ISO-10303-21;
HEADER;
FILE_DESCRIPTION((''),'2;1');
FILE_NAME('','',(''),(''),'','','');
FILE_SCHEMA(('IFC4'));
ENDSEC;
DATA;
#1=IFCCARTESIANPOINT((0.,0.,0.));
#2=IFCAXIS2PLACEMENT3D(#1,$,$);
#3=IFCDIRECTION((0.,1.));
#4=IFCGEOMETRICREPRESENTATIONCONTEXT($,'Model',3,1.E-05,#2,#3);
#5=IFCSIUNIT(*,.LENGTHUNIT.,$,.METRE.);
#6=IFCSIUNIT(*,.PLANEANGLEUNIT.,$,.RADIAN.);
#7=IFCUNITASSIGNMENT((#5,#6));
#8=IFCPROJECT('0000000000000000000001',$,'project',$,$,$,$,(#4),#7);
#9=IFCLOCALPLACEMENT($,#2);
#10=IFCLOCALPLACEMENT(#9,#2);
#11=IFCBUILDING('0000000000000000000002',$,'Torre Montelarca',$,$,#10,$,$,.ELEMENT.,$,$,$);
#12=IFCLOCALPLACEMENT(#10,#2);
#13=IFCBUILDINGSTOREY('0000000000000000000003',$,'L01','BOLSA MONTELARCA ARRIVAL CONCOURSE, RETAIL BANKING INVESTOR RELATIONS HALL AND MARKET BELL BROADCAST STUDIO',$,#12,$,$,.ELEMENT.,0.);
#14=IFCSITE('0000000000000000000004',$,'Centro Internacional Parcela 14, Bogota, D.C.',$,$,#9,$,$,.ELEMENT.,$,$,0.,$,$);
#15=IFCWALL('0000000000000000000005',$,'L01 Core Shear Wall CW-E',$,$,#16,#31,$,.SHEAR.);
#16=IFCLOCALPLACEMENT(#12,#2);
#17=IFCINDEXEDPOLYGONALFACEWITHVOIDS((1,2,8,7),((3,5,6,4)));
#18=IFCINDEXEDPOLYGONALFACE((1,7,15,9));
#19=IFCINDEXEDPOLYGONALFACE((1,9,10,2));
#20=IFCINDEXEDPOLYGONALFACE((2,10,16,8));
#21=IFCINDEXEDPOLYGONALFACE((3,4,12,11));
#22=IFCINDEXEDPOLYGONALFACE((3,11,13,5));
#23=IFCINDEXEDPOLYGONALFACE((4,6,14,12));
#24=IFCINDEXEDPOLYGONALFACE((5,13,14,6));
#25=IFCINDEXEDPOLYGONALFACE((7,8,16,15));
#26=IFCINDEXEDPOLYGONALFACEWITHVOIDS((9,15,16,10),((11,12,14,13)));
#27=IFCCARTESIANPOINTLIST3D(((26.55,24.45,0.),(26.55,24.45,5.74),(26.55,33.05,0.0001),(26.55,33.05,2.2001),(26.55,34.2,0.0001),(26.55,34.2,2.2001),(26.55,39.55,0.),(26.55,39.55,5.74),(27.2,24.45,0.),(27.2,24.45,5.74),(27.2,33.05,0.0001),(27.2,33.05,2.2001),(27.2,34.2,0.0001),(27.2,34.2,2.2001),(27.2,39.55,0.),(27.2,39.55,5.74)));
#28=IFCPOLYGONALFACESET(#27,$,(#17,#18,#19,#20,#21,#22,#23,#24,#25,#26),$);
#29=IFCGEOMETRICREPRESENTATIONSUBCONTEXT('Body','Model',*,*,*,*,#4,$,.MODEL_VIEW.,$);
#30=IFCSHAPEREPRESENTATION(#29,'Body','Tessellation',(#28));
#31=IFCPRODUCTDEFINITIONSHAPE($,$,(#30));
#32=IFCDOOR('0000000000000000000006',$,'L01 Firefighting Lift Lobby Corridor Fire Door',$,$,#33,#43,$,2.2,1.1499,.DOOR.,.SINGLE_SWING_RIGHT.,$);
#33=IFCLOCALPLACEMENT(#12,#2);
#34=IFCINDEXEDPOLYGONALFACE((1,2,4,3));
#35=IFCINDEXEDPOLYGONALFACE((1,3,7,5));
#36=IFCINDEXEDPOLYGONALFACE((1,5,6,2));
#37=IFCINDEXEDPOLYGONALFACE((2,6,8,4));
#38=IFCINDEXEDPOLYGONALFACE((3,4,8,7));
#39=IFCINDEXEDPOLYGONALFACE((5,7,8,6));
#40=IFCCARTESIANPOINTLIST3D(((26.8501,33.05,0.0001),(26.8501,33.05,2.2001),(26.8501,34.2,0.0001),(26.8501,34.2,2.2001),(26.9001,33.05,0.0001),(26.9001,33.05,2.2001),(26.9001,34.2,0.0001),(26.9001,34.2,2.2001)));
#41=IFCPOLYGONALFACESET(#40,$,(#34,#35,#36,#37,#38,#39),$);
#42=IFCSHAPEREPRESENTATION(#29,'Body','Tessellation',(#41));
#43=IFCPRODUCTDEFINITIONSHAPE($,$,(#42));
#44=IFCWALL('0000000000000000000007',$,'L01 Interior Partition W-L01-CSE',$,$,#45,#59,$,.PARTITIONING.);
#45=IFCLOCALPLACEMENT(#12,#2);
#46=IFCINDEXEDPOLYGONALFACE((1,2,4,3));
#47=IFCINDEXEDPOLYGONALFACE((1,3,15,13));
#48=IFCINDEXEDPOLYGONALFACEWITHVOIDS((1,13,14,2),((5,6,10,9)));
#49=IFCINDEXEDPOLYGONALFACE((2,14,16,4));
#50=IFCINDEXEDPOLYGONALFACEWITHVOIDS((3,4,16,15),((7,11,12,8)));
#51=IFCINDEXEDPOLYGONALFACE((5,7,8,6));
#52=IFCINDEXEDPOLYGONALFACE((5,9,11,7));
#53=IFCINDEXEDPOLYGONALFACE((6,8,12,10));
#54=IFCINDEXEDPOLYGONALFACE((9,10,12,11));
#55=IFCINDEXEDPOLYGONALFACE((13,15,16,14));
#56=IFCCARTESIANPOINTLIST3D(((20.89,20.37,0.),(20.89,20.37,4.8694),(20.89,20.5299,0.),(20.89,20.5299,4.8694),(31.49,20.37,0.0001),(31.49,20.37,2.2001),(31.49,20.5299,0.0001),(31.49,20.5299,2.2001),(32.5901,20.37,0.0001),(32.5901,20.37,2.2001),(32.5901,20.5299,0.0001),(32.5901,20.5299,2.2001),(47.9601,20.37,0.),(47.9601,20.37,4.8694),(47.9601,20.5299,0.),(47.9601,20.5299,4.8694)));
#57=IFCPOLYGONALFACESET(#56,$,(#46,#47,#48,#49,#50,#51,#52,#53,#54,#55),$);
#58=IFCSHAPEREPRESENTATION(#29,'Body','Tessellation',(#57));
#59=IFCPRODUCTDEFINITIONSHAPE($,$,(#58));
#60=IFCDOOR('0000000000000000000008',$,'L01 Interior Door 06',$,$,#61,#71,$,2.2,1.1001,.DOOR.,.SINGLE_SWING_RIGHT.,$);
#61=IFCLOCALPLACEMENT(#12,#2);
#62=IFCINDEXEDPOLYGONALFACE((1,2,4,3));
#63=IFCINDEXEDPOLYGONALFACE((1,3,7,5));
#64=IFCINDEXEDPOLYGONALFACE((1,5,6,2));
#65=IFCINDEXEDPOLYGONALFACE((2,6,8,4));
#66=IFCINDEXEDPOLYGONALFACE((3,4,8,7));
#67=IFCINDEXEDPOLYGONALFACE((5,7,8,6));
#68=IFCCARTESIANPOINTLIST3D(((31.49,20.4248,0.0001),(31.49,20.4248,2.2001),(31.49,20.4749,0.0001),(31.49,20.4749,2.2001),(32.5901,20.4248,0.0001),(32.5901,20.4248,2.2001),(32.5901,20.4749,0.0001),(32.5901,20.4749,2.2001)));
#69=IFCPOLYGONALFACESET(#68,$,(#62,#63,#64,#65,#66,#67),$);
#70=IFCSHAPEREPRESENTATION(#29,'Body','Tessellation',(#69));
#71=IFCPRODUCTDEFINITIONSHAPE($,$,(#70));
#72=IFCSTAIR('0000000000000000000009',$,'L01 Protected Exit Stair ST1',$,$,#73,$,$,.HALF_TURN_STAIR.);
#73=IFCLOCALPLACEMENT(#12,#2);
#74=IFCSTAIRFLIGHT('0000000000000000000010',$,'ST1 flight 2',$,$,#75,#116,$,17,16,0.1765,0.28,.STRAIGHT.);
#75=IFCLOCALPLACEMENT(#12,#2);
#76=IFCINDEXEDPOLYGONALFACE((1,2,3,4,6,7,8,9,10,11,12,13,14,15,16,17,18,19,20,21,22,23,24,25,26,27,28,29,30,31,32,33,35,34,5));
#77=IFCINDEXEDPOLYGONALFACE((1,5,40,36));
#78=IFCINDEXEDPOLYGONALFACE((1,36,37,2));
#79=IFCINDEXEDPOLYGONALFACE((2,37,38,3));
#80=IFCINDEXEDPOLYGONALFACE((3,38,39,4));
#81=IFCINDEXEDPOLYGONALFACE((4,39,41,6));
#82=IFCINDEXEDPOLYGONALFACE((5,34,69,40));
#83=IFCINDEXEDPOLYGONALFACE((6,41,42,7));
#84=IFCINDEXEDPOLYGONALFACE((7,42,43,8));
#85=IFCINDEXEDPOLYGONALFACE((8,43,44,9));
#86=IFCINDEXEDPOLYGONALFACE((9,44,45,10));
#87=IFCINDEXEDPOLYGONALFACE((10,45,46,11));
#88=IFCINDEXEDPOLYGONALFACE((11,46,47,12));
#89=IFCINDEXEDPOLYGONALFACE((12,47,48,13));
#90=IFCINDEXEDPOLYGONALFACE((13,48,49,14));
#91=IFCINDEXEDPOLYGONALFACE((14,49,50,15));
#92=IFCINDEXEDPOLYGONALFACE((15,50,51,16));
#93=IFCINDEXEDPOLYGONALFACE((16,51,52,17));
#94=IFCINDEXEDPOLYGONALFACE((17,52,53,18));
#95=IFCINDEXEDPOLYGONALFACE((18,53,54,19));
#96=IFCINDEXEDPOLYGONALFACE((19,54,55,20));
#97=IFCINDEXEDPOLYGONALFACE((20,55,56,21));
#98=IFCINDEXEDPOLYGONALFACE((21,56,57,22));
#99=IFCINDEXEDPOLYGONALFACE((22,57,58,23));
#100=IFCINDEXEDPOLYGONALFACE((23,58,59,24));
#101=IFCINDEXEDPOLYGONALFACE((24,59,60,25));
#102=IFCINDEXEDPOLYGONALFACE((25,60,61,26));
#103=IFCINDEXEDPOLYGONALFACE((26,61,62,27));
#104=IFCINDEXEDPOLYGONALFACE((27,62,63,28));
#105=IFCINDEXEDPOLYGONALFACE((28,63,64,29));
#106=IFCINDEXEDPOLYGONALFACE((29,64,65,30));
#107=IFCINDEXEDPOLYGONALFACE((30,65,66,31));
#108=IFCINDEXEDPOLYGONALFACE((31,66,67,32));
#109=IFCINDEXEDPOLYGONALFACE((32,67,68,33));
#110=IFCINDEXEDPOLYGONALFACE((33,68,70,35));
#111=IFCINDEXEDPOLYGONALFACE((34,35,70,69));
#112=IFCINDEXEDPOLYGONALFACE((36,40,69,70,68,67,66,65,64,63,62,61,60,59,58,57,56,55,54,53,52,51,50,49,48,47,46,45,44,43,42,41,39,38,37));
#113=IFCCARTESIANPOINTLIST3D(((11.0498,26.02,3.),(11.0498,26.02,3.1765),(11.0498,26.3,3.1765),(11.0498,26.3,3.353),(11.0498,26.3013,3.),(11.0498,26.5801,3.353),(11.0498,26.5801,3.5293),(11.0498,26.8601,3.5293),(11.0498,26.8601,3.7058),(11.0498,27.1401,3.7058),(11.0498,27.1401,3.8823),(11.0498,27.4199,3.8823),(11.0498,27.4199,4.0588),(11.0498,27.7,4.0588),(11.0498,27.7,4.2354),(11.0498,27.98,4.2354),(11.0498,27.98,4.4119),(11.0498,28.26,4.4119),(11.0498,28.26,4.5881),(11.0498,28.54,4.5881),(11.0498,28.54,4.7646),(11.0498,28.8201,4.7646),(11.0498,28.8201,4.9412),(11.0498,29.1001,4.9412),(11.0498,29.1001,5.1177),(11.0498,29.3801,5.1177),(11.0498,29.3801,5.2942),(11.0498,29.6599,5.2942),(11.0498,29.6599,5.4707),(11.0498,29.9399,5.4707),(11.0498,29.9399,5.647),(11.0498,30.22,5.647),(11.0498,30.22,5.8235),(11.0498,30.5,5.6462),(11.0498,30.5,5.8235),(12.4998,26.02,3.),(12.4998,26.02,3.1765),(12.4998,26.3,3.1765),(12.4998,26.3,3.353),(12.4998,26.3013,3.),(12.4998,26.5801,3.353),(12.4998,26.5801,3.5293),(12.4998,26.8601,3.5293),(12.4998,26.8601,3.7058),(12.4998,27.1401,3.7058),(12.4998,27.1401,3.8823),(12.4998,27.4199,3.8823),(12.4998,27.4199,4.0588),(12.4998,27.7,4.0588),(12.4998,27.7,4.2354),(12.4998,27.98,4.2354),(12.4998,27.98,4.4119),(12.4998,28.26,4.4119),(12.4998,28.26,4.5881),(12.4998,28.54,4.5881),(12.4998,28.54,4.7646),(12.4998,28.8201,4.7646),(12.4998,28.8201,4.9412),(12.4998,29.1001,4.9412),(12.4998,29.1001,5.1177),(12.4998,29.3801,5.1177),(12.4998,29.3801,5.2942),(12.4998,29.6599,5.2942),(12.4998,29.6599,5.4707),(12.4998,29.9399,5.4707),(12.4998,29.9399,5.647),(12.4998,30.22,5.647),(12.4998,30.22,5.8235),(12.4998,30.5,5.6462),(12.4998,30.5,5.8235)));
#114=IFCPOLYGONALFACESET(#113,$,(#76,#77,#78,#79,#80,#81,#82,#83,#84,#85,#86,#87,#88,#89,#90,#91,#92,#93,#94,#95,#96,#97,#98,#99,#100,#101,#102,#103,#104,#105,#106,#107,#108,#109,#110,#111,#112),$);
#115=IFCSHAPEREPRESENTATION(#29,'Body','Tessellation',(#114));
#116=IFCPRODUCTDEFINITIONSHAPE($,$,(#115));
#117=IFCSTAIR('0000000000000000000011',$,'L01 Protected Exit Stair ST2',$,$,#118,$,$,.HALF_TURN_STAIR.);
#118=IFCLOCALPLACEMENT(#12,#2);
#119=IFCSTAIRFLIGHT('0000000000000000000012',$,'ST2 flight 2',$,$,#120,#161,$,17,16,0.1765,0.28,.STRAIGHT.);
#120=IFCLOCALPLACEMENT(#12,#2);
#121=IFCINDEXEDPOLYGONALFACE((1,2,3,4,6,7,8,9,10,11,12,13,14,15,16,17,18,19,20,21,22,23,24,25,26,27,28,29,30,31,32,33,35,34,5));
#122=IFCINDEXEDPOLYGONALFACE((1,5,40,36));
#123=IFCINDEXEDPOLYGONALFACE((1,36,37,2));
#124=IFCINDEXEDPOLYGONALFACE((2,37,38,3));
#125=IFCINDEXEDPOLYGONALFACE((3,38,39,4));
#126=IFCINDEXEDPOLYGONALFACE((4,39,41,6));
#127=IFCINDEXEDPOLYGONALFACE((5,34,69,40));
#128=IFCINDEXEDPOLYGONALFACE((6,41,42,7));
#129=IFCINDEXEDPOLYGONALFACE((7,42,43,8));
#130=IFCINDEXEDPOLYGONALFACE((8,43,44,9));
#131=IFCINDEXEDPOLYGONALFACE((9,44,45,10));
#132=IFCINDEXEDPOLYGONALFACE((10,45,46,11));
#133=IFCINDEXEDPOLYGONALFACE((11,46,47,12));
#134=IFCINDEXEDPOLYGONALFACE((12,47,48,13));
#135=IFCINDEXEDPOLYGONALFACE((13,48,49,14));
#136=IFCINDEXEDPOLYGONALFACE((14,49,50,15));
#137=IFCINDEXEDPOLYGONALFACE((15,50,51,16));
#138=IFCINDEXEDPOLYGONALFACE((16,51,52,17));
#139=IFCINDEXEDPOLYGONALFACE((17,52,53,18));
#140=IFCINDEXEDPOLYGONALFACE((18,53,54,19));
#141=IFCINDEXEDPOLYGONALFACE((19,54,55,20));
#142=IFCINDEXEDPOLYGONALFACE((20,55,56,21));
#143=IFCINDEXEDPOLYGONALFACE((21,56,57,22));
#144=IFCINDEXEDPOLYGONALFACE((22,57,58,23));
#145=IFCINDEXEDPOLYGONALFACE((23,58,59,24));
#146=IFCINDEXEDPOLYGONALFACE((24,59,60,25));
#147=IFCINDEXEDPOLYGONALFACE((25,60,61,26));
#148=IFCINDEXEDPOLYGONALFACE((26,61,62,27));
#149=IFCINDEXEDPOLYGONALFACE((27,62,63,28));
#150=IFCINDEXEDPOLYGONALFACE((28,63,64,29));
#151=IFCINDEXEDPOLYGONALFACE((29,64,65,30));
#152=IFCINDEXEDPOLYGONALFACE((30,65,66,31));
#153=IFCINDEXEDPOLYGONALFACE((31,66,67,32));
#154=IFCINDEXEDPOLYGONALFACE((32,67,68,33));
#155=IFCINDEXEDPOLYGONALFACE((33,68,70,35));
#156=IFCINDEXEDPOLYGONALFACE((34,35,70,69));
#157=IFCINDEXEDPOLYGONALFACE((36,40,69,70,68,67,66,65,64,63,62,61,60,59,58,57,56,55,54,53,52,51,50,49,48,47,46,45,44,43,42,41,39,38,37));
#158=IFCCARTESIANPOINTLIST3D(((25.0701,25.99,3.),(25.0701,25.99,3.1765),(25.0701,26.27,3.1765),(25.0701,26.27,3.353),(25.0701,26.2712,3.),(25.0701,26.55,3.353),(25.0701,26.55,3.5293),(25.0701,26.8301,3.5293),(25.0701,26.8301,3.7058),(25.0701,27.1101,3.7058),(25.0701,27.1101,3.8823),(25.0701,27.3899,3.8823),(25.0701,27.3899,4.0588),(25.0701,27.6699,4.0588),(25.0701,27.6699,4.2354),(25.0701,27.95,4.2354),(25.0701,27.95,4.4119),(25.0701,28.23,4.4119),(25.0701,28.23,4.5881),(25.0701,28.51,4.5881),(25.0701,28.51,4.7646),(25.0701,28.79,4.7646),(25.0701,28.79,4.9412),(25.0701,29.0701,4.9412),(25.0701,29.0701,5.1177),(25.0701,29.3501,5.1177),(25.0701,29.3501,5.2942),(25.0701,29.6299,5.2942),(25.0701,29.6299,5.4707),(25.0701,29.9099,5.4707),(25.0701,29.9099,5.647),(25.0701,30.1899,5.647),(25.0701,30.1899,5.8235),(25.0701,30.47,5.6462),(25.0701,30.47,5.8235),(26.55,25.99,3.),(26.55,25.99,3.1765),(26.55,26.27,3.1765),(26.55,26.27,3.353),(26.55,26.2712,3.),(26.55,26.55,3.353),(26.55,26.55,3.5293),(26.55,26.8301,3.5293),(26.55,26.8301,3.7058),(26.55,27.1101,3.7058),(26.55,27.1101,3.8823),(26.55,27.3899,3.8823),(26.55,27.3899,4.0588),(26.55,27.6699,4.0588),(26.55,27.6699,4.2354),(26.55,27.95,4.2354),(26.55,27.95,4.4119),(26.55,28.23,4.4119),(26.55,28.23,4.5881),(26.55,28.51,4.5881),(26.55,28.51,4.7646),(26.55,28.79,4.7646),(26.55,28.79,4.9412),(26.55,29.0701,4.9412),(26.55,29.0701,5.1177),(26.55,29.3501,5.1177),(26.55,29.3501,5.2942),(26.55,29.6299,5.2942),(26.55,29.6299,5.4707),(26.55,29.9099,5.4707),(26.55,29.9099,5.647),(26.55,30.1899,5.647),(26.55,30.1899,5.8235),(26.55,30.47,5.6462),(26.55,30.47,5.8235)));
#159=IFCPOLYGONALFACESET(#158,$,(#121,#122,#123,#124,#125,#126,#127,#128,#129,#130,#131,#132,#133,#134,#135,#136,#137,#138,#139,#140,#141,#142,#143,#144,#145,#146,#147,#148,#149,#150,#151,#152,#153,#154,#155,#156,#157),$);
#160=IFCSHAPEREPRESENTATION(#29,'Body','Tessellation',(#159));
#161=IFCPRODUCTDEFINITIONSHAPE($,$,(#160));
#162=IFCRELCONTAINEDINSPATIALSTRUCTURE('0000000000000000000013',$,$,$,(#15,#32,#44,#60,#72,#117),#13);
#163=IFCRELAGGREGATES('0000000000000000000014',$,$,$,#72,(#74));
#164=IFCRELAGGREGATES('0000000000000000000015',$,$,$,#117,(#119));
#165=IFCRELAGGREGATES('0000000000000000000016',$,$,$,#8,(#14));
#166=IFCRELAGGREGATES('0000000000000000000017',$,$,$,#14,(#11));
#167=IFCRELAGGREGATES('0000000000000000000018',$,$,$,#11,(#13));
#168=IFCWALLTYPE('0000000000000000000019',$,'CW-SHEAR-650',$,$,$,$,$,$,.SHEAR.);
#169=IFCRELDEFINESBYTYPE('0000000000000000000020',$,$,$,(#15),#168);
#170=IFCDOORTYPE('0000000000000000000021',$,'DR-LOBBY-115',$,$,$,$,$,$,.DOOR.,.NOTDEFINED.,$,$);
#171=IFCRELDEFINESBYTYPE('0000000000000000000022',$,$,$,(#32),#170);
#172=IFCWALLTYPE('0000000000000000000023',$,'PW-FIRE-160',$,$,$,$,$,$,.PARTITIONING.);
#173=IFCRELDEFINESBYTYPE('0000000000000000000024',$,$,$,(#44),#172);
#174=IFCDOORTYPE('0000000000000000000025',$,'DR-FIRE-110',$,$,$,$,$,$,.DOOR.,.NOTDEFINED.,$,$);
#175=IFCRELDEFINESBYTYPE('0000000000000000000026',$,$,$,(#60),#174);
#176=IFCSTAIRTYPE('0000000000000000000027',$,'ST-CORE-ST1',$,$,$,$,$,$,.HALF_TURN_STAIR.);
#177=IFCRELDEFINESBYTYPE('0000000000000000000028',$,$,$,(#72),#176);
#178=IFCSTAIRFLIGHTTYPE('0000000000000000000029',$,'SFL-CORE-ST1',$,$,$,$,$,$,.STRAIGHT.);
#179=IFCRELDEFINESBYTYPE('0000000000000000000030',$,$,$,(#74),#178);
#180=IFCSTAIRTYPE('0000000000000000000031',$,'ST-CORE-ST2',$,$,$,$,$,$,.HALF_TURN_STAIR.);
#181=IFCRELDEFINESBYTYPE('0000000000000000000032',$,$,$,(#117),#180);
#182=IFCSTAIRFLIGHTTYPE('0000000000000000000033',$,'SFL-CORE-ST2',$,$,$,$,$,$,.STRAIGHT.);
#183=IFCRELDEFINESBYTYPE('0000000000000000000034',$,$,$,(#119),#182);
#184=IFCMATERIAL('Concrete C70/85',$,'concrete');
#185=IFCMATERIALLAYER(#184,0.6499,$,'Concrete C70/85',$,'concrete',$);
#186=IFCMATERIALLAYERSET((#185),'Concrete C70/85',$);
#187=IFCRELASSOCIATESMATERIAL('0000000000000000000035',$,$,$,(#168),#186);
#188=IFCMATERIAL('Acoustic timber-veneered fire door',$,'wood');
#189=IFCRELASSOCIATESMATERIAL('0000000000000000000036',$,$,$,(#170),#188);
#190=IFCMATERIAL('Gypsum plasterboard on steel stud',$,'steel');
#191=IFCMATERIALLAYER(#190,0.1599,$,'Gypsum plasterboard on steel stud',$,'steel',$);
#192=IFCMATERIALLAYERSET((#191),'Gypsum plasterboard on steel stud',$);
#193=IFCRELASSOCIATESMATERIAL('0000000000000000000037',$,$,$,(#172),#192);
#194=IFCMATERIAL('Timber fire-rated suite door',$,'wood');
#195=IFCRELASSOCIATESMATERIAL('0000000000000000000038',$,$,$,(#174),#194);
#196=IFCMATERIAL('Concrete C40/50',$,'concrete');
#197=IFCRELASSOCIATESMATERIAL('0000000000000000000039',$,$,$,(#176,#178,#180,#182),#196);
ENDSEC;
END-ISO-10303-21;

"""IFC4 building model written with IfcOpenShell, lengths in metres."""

from ifc_helpers import new_model, si_unit, direction, frame, frame_2d, origin, place, context, subcontext, project, spatial, polyline, rectangle, outline, extrude, source, transform, mapped, material, layer, layer_set, type_object, element, fill, aggregate, save


model = new_model("IFC4")

# Units and contexts
model_context = context("Model", 3, precision=1e-05, world=origin(), true_north=direction((0.0, 1.0)))
body_context = subcontext(model_context, "Body", "Model", "MODEL_VIEW")
ifc_project = project(units=[si_unit("LENGTHUNIT", "METRE"), si_unit("PLANEANGLEUNIT", "RADIAN")], contexts=[model_context])

# Site, building, storey
site_placement = place(None, origin())
site = spatial("IfcSite", under=ifc_project, at=site_placement, Name="Centro Internacional Parcela 14, Bogota, D.C.", CompositionType="ELEMENT", RefElevation=0.0)
building_placement = place(site_placement, origin())
building = spatial("IfcBuilding", under=site, at=building_placement, Name="Torre Montelarca", CompositionType="ELEMENT")
storey_placement = place(building_placement, origin())
storey = spatial("IfcBuildingStorey", under=building, at=storey_placement, Name="L01", Description="BOLSA MONTELARCA ARRIVAL CONCOURSE, RETAIL BANKING INVESTOR RELATIONS HALL AND MARKET BELL BROADCAST STUDIO", CompositionType="ELEMENT", Elevation=0.0)

# Shared definitions
ifc_material_1 = material(Name="Concrete C70/85", Category="concrete")

# Shared definitions
ifc_material_2 = material(Name="Concrete C40/50", Category="concrete")

# Walls, openings, doors
ifc_layer_1 = layer(ifc_material_1, 0.6499, Name="Concrete C70/85", Category="concrete")
ifc_layer_set_1 = layer_set([ifc_layer_1], Name="Concrete C70/85")
wall_type_1 = type_object("IfcWallType", Name="CW-SHEAR-650", PredefinedType="SHEAR", material=ifc_layer_set_1)
wall_1_placement = place(storey_placement, frame((26.875, 24.45, 0.0), z_axis=(0.0, 0.0, 1.0), x_axis=(0.0, 1.0, 0.0)))
wall_1 = element("IfcWall", 1, at=wall_1_placement, inside=storey, type_object=wall_type_1, Name="L01 Core Shear Wall CW-E", PredefinedType="SHEAR", context=body_context, shape_type="SweptSolid", body=[
    extrude(rectangle(XDim=15.1001, YDim=0.6499, at=frame_2d((7.55, 0.0))), origin(), (0.0, 0.0, 1.0), 5.74),
])
opening_1_placement = place(wall_1_placement, frame((8.6001, 0.0, 0.0)))
opening_1 = element("IfcOpeningElement", 2, at=opening_1_placement, cuts=wall_1, PredefinedType="OPENING", context=body_context, shape_type="SweptSolid", body=[
    extrude(rectangle(XDim=1.1499, YDim=2.2, at=frame_2d((0.575, 1.1001))), frame((0.0, 0.335, 0.0), z_axis=(0.0, -1.0, 0.0), x_axis=(1.0, 0.0, 0.0)), (0.0, 0.0, 1.0), 0.6699),
])
ifc_material_3 = material(Name="Acoustic timber-veneered fire door", Category="wood")
door_type_1 = type_object("IfcDoorType", Name="DR-LOBBY-115", OperationType="NOTDEFINED", PredefinedType="DOOR", material=ifc_material_3)
shared_shape_1 = source(origin(), body_context, "Body", "SweptSolid", [
    extrude(rectangle(XDim=1.1499, YDim=2.2, at=frame_2d((0.575, 1.1001))), frame((0.0, 0.0249, 0.0), z_axis=(0.0, -1.0, 0.0), x_axis=(1.0, 0.0, 0.0)), (0.0, 0.0, 1.0), 0.05),
])
door_1_placement = place(opening_1_placement, origin())
door_1 = element("IfcDoor", 3, at=door_1_placement, inside=storey, type_object=door_type_1, Name="L01 Firefighting Lift Lobby Corridor Fire Door", OperationType="SINGLE_SWING_RIGHT", OverallHeight=2.2, OverallWidth=1.1499, PredefinedType="DOOR", context=body_context, shape_type="MappedRepresentation", body=[
    mapped(shared_shape_1, transform((0.0, 0.0, 0.0), scale=1.0)),
])
fill(opening_1, door_1)
ifc_material_4 = material(Name="Gypsum plasterboard on steel stud", Category="steel")
ifc_layer_2 = layer(ifc_material_4, 0.1599, Name="Gypsum plasterboard on steel stud", Category="steel")
ifc_layer_set_2 = layer_set([ifc_layer_2], Name="Gypsum plasterboard on steel stud")
wall_type_2 = type_object("IfcWallType", Name="PW-FIRE-160", PredefinedType="PARTITIONING", material=ifc_layer_set_2)
wall_2_placement = place(storey_placement, frame((20.8899, 20.45, 0.0), z_axis=(0.0, 0.0, 1.0), x_axis=(1.0, 0.0, 0.0)))
wall_2 = element("IfcWall", 4, at=wall_2_placement, inside=storey, type_object=wall_type_2, Name="L01 Interior Partition W-L01-CSE", PredefinedType="PARTITIONING", context=body_context, shape_type="SweptSolid", body=[
    extrude(rectangle(XDim=27.0701, YDim=0.1599, at=frame_2d((13.5352, 0.0))), origin(), (0.0, 0.0, 1.0), 4.8694),
])
opening_2_placement = place(wall_2_placement, frame((10.6001, 0.0, 0.0)))
opening_2 = element("IfcOpeningElement", 5, at=opening_2_placement, cuts=wall_2, PredefinedType="OPENING", context=body_context, shape_type="SweptSolid", body=[
    extrude(rectangle(XDim=1.1001, YDim=2.2, at=frame_2d((0.55, 1.1001))), frame((0.0, 0.0898, 0.0), z_axis=(0.0, -1.0, 0.0), x_axis=(1.0, 0.0, 0.0)), (0.0, 0.0, 1.0), 0.1799),
])
ifc_material_5 = material(Name="Timber fire-rated suite door", Category="wood")
door_type_2 = type_object("IfcDoorType", Name="DR-FIRE-110", OperationType="NOTDEFINED", PredefinedType="DOOR", material=ifc_material_5)
shared_shape_2 = source(origin(), body_context, "Body", "SweptSolid", [
    extrude(rectangle(XDim=1.1001, YDim=2.2, at=frame_2d((0.55, 1.1001))), frame((0.0, 0.0249, 0.0), z_axis=(0.0, -1.0, 0.0), x_axis=(1.0, 0.0, 0.0)), (0.0, 0.0, 1.0), 0.05),
])
door_2_placement = place(opening_2_placement, origin())
door_2 = element("IfcDoor", 6, at=door_2_placement, inside=storey, type_object=door_type_2, Name="L01 Interior Door 06", OperationType="SINGLE_SWING_RIGHT", OverallHeight=2.2, OverallWidth=1.1001, PredefinedType="DOOR", context=body_context, shape_type="MappedRepresentation", body=[
    mapped(shared_shape_2, transform((0.0, 0.0, 0.0), scale=1.0)),
])
fill(opening_2, door_2)

# Stairs, stair flights
stair_type_1 = type_object("IfcStairType", Name="ST-CORE-ST1", PredefinedType="HALF_TURN_STAIR", material=ifc_material_2)
stair_1_placement = place(storey_placement, origin())
stair_1 = element("IfcStair", 7, at=stair_1_placement, inside=storey, type_object=stair_type_1, Name="L01 Protected Exit Stair ST1", PredefinedType="HALF_TURN_STAIR")
stair_flight_type_1 = type_object("IfcStairFlightType", Name="SFL-CORE-ST1", PredefinedType="STRAIGHT", material=ifc_material_2)
stair_flight_1_placement = place(storey_placement, frame((11.7749, 26.02, 3.0), z_axis=(0.0, 0.0, 1.0), x_axis=(0.0, 1.0, 0.0)))
stair_flight_1 = element("IfcStairFlight", 8, at=stair_flight_1_placement, type_object=stair_flight_type_1, Name="ST1 flight 2", NumberOfRisers=17, NumberOfTreads=16, PredefinedType="STRAIGHT", RiserHeight=0.1765, TreadLength=0.28, context=body_context, shape_type="SweptSolid", body=[
    extrude(outline(polyline([(0.0, 0.0), (0.0, 0.1765), (0.28, 0.1765), (0.28, 0.353), (0.5601, 0.353), (0.5601, 0.5293), (0.8401, 0.5293), (0.8401, 0.7058), (1.1201, 0.7058), (1.1201, 0.8823), (1.3999, 0.8823), (1.3999, 1.0588), (1.6799, 1.0588), (1.6799, 1.2354), (1.96, 1.2354), (1.96, 1.4119), (2.24, 1.4119), (2.24, 1.5881), (2.52, 1.5881), (2.52, 1.7646), (2.8, 1.7646), (2.8, 1.9412), (3.0801, 1.9412), (3.0801, 2.1177), (3.3601, 2.1177), (3.3601, 2.2942), (3.6399, 2.2942), (3.6399, 2.4707), (3.9199, 2.4707), (3.9199, 2.647), (4.2, 2.647), (4.2, 2.8235), (4.48, 2.8235), (4.48, 3.0), (4.48, 2.6462), (0.2812, 0.0), (0.0, 0.0)])), frame((0.0, 0.7251, 0.0), z_axis=(0.0, -1.0, 0.0), x_axis=(1.0, 0.0, 0.0)), (0.0, 0.0, 1.0), 1.45),
])
aggregate(stair_1, [stair_flight_1])
stair_type_2 = type_object("IfcStairType", Name="ST-CORE-ST2", PredefinedType="HALF_TURN_STAIR", material=ifc_material_2)
stair_2_placement = place(storey_placement, origin())
stair_2 = element("IfcStair", 9, at=stair_2_placement, inside=storey, type_object=stair_type_2, Name="L01 Protected Exit Stair ST2", PredefinedType="HALF_TURN_STAIR")
stair_flight_type_2 = type_object("IfcStairFlightType", Name="SFL-CORE-ST2", PredefinedType="STRAIGHT", material=ifc_material_2)
stair_flight_2_placement = place(storey_placement, frame((25.8101, 25.99, 3.0), z_axis=(0.0, 0.0, 1.0), x_axis=(0.0, 1.0, 0.0)))
stair_flight_2 = element("IfcStairFlight", 10, at=stair_flight_2_placement, type_object=stair_flight_type_2, Name="ST2 flight 2", NumberOfRisers=17, NumberOfTreads=16, PredefinedType="STRAIGHT", RiserHeight=0.1765, TreadLength=0.28, context=body_context, shape_type="SweptSolid", body=[
    extrude(outline(polyline([(0.0, 0.0), (0.0, 0.1765), (0.28, 0.1765), (0.28, 0.353), (0.5601, 0.353), (0.5601, 0.5293), (0.8401, 0.5293), (0.8401, 0.7058), (1.1201, 0.7058), (1.1201, 0.8823), (1.3999, 0.8823), (1.3999, 1.0588), (1.6799, 1.0588), (1.6799, 1.2354), (1.96, 1.2354), (1.96, 1.4119), (2.24, 1.4119), (2.24, 1.5881), (2.52, 1.5881), (2.52, 1.7646), (2.8, 1.7646), (2.8, 1.9412), (3.0801, 1.9412), (3.0801, 2.1177), (3.3601, 2.1177), (3.3601, 2.2942), (3.6399, 2.2942), (3.6399, 2.4707), (3.9199, 2.4707), (3.9199, 2.647), (4.2, 2.647), (4.2, 2.8235), (4.48, 2.8235), (4.48, 3.0), (4.48, 2.6462), (0.2812, 0.0), (0.0, 0.0)])), frame((0.0, 0.74, 0.0), z_axis=(0.0, -1.0, 0.0), x_axis=(1.0, 0.0, 0.0)), (0.0, 0.0, 1.0), 1.48),
])
aggregate(stair_2, [stair_flight_2])

save(model, "model.ifc")
